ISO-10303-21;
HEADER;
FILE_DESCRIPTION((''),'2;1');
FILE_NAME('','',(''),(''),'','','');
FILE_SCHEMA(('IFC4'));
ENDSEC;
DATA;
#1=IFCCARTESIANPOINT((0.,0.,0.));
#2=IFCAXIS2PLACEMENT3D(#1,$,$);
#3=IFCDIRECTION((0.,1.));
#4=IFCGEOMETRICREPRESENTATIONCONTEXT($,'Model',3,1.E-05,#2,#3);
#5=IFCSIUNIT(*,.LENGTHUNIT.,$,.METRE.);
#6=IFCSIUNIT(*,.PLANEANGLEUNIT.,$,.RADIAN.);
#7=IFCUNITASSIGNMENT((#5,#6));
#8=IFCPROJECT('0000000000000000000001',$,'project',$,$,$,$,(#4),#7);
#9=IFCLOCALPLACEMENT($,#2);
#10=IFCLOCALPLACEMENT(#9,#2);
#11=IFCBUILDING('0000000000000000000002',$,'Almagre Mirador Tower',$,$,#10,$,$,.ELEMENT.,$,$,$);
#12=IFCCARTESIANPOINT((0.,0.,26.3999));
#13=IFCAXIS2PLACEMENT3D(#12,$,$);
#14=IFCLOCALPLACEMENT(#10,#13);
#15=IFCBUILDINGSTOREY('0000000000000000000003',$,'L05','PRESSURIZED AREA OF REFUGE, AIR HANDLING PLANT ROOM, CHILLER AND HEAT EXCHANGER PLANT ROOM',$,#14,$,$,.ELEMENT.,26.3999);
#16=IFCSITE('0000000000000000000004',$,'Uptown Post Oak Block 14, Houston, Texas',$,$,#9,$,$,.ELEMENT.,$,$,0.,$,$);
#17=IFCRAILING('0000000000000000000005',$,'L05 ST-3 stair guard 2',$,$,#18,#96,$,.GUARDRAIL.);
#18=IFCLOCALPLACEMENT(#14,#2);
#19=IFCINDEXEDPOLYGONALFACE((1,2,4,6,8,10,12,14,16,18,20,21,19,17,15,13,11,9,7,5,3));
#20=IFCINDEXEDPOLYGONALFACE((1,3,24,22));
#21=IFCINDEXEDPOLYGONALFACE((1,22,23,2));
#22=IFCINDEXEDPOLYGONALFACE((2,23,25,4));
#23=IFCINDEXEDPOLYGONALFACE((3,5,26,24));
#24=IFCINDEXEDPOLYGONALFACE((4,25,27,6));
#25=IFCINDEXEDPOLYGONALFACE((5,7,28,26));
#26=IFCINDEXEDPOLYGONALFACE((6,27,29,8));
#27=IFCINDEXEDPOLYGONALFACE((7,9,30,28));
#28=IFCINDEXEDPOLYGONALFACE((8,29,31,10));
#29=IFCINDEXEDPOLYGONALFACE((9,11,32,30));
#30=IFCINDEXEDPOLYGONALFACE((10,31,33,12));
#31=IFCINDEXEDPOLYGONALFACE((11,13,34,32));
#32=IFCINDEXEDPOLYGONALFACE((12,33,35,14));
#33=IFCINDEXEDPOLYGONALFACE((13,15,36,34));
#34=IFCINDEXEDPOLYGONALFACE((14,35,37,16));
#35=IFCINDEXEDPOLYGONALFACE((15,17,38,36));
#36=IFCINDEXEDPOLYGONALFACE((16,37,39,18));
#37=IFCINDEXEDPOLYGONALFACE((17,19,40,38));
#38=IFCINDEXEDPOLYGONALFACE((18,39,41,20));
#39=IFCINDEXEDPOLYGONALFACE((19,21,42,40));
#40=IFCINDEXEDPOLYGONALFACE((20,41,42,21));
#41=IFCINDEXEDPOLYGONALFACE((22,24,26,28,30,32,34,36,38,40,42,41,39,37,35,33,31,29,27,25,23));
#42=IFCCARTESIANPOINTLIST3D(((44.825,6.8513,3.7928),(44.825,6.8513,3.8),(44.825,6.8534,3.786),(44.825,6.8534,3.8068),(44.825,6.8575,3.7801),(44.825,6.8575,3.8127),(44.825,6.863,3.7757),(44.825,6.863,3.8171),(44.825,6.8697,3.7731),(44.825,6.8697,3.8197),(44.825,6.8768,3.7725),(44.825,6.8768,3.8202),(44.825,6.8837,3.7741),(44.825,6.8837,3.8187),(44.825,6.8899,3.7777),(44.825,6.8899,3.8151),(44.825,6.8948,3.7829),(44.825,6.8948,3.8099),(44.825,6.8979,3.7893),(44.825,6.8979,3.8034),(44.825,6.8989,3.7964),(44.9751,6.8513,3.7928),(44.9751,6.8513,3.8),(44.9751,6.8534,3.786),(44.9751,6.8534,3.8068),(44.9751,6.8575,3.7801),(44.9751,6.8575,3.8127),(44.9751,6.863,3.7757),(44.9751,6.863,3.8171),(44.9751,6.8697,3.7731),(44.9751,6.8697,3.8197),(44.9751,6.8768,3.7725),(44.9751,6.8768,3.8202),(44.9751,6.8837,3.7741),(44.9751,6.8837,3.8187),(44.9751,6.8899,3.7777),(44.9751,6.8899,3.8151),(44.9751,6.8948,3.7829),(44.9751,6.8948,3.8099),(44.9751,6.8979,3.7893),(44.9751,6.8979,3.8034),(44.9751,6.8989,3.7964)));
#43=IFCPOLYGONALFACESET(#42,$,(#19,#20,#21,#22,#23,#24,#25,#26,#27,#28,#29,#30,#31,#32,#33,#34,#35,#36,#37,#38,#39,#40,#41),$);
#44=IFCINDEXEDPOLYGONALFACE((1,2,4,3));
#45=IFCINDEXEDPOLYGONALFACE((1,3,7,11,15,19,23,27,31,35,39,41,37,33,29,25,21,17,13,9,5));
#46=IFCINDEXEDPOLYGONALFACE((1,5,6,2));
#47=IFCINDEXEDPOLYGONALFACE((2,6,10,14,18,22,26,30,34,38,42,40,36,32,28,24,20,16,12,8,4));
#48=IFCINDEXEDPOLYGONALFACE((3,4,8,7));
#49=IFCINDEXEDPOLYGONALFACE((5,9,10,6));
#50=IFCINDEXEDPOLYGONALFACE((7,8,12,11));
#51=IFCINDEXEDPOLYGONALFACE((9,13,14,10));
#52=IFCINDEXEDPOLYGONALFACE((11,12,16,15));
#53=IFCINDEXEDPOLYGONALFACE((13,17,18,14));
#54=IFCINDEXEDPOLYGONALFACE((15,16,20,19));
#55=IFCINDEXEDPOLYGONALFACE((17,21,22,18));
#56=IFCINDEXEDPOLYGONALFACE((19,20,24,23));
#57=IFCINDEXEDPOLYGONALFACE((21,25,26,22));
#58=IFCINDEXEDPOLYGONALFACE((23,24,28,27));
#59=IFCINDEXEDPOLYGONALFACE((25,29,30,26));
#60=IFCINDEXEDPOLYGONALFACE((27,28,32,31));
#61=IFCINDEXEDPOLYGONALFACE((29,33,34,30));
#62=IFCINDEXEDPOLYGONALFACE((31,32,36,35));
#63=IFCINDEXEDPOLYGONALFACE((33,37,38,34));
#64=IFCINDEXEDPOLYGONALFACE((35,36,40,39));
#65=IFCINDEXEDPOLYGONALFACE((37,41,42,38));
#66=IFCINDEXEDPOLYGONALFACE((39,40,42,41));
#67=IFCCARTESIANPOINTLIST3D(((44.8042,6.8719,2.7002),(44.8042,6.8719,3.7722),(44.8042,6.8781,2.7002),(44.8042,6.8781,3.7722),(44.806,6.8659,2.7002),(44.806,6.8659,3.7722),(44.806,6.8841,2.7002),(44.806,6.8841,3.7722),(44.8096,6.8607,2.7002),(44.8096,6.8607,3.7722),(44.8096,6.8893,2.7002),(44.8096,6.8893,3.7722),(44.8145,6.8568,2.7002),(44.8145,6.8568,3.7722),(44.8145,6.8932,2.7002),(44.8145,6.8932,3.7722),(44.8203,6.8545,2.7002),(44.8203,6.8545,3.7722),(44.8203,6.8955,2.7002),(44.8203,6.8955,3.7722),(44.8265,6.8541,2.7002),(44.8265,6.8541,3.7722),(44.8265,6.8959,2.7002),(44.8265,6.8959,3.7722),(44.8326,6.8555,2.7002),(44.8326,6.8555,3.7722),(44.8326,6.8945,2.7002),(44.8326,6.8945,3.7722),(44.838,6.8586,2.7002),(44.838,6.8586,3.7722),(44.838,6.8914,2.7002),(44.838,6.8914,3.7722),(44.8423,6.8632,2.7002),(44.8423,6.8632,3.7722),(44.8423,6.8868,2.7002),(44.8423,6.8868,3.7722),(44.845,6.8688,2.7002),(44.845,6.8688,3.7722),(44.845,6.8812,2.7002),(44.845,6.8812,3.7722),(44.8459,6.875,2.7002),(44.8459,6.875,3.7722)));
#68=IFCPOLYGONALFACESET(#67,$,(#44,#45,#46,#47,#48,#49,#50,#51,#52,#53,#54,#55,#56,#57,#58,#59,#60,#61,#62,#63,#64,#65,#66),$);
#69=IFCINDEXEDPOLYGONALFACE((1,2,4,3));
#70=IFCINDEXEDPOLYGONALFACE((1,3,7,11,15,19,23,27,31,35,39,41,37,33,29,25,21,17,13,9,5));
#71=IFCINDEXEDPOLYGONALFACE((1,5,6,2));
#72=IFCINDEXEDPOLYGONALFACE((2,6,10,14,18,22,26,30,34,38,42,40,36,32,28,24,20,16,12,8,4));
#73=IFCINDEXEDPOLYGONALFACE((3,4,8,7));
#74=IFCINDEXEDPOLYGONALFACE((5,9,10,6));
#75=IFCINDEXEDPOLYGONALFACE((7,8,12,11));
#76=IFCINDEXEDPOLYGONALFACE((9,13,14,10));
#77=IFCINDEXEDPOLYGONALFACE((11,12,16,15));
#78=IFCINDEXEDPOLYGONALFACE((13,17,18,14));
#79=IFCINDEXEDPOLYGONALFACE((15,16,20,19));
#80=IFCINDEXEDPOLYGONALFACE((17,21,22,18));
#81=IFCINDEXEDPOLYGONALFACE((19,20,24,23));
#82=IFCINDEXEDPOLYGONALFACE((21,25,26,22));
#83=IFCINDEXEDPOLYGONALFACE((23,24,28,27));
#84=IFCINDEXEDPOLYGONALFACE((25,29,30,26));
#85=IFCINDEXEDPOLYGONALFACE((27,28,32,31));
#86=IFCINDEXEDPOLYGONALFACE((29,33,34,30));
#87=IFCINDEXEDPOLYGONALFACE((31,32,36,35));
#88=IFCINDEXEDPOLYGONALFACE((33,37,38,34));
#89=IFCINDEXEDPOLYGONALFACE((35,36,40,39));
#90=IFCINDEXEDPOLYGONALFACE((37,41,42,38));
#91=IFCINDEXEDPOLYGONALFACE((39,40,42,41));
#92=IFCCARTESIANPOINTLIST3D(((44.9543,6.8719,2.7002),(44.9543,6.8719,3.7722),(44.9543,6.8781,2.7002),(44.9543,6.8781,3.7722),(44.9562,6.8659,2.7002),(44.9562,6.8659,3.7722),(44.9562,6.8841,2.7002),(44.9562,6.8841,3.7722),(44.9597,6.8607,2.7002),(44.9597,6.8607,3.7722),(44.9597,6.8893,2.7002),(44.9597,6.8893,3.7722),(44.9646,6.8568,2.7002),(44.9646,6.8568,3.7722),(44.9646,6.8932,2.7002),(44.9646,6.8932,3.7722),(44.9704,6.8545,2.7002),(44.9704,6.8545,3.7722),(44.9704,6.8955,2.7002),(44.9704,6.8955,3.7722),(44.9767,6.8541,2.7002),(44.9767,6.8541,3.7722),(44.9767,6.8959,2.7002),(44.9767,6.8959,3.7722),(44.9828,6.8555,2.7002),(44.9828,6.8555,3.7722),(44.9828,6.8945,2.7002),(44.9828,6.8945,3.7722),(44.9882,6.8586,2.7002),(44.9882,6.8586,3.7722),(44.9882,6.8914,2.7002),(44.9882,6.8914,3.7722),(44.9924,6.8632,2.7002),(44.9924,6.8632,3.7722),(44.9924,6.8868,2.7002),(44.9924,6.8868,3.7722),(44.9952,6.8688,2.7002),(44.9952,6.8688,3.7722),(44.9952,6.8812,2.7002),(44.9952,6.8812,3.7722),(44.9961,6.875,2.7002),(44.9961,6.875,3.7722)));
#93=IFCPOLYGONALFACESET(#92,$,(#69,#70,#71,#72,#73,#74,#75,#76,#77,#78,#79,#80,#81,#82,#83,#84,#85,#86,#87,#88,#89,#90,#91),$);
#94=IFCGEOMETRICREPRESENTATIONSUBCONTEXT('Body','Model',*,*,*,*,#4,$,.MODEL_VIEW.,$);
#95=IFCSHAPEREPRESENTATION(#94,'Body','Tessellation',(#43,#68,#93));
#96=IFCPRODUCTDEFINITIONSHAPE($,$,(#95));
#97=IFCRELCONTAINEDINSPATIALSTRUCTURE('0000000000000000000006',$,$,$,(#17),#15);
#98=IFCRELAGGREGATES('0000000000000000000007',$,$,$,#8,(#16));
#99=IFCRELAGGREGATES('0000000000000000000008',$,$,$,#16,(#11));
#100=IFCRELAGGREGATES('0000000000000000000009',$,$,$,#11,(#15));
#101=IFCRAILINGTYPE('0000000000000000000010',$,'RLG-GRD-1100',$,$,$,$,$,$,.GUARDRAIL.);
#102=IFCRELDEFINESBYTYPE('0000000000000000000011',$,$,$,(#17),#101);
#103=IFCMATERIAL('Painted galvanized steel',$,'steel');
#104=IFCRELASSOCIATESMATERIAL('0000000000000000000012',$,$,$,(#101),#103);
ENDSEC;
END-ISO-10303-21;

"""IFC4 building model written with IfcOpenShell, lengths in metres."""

from ifc_helpers import new_model, si_unit, direction, frame, origin, origin_2d, place, context, subcontext, project, spatial, circle, extrude, material, type_object, element, save


model = new_model("IFC4")

# Units and contexts
model_context = context("Model", 3, precision=1e-05, world=origin(), true_north=direction((0.0, 1.0)))
body_context = subcontext(model_context, "Body", "Model", "MODEL_VIEW")
ifc_project = project(units=[si_unit("LENGTHUNIT", "METRE"), si_unit("PLANEANGLEUNIT", "RADIAN")], contexts=[model_context])

# Site, building, storey
site_placement = place(None, origin())
site = spatial("IfcSite", under=ifc_project, at=site_placement, Name="Uptown Post Oak Block 14, Houston, Texas", CompositionType="ELEMENT", RefElevation=0.0)
building_placement = place(site_placement, origin())
building = spatial("IfcBuilding", under=site, at=building_placement, Name="Almagre Mirador Tower", CompositionType="ELEMENT")
storey_placement = place(building_placement, frame((0.0, 0.0, 26.3999)))
storey = spatial("IfcBuildingStorey", under=building, at=storey_placement, Name="L05", Description="PRESSURIZED AREA OF REFUGE, AIR HANDLING PLANT ROOM, CHILLER AND HEAT EXCHANGER PLANT ROOM", CompositionType="ELEMENT", Elevation=26.3999)

# Railing
ifc_material_1 = material(Name="Painted galvanized steel", Category="steel")
railing_type_1 = type_object("IfcRailingType", Name="RLG-GRD-1100", PredefinedType="GUARDRAIL", material=ifc_material_1)
railing_1_placement = place(storey_placement, frame((44.825, 6.875, 2.7002)))
element("IfcRailing", 1, at=railing_1_placement, inside=storey, type_object=railing_type_1, Name="L05 ST-3 stair guard 2", PredefinedType="GUARDRAIL", context=body_context, shape_type="SweptSolid", body=[
    extrude(circle(Radius=0.0239, at=origin_2d()), frame((0.0, 0.0, 1.0962), z_axis=(1.0, 0.0, 0.0), x_axis=(0.0, 1.0, 0.0)), (0.0, 0.0, 1.0), 0.1501),
    extrude(circle(Radius=0.021, at=origin_2d()), origin(), (0.0, 0.0, 1.0), 1.072),
    extrude(circle(Radius=0.021, at=origin_2d()), frame((0.1501, 0.0, 0.0)), (0.0, 0.0, 1.0), 1.072),
])

save(model, "model.ifc")
